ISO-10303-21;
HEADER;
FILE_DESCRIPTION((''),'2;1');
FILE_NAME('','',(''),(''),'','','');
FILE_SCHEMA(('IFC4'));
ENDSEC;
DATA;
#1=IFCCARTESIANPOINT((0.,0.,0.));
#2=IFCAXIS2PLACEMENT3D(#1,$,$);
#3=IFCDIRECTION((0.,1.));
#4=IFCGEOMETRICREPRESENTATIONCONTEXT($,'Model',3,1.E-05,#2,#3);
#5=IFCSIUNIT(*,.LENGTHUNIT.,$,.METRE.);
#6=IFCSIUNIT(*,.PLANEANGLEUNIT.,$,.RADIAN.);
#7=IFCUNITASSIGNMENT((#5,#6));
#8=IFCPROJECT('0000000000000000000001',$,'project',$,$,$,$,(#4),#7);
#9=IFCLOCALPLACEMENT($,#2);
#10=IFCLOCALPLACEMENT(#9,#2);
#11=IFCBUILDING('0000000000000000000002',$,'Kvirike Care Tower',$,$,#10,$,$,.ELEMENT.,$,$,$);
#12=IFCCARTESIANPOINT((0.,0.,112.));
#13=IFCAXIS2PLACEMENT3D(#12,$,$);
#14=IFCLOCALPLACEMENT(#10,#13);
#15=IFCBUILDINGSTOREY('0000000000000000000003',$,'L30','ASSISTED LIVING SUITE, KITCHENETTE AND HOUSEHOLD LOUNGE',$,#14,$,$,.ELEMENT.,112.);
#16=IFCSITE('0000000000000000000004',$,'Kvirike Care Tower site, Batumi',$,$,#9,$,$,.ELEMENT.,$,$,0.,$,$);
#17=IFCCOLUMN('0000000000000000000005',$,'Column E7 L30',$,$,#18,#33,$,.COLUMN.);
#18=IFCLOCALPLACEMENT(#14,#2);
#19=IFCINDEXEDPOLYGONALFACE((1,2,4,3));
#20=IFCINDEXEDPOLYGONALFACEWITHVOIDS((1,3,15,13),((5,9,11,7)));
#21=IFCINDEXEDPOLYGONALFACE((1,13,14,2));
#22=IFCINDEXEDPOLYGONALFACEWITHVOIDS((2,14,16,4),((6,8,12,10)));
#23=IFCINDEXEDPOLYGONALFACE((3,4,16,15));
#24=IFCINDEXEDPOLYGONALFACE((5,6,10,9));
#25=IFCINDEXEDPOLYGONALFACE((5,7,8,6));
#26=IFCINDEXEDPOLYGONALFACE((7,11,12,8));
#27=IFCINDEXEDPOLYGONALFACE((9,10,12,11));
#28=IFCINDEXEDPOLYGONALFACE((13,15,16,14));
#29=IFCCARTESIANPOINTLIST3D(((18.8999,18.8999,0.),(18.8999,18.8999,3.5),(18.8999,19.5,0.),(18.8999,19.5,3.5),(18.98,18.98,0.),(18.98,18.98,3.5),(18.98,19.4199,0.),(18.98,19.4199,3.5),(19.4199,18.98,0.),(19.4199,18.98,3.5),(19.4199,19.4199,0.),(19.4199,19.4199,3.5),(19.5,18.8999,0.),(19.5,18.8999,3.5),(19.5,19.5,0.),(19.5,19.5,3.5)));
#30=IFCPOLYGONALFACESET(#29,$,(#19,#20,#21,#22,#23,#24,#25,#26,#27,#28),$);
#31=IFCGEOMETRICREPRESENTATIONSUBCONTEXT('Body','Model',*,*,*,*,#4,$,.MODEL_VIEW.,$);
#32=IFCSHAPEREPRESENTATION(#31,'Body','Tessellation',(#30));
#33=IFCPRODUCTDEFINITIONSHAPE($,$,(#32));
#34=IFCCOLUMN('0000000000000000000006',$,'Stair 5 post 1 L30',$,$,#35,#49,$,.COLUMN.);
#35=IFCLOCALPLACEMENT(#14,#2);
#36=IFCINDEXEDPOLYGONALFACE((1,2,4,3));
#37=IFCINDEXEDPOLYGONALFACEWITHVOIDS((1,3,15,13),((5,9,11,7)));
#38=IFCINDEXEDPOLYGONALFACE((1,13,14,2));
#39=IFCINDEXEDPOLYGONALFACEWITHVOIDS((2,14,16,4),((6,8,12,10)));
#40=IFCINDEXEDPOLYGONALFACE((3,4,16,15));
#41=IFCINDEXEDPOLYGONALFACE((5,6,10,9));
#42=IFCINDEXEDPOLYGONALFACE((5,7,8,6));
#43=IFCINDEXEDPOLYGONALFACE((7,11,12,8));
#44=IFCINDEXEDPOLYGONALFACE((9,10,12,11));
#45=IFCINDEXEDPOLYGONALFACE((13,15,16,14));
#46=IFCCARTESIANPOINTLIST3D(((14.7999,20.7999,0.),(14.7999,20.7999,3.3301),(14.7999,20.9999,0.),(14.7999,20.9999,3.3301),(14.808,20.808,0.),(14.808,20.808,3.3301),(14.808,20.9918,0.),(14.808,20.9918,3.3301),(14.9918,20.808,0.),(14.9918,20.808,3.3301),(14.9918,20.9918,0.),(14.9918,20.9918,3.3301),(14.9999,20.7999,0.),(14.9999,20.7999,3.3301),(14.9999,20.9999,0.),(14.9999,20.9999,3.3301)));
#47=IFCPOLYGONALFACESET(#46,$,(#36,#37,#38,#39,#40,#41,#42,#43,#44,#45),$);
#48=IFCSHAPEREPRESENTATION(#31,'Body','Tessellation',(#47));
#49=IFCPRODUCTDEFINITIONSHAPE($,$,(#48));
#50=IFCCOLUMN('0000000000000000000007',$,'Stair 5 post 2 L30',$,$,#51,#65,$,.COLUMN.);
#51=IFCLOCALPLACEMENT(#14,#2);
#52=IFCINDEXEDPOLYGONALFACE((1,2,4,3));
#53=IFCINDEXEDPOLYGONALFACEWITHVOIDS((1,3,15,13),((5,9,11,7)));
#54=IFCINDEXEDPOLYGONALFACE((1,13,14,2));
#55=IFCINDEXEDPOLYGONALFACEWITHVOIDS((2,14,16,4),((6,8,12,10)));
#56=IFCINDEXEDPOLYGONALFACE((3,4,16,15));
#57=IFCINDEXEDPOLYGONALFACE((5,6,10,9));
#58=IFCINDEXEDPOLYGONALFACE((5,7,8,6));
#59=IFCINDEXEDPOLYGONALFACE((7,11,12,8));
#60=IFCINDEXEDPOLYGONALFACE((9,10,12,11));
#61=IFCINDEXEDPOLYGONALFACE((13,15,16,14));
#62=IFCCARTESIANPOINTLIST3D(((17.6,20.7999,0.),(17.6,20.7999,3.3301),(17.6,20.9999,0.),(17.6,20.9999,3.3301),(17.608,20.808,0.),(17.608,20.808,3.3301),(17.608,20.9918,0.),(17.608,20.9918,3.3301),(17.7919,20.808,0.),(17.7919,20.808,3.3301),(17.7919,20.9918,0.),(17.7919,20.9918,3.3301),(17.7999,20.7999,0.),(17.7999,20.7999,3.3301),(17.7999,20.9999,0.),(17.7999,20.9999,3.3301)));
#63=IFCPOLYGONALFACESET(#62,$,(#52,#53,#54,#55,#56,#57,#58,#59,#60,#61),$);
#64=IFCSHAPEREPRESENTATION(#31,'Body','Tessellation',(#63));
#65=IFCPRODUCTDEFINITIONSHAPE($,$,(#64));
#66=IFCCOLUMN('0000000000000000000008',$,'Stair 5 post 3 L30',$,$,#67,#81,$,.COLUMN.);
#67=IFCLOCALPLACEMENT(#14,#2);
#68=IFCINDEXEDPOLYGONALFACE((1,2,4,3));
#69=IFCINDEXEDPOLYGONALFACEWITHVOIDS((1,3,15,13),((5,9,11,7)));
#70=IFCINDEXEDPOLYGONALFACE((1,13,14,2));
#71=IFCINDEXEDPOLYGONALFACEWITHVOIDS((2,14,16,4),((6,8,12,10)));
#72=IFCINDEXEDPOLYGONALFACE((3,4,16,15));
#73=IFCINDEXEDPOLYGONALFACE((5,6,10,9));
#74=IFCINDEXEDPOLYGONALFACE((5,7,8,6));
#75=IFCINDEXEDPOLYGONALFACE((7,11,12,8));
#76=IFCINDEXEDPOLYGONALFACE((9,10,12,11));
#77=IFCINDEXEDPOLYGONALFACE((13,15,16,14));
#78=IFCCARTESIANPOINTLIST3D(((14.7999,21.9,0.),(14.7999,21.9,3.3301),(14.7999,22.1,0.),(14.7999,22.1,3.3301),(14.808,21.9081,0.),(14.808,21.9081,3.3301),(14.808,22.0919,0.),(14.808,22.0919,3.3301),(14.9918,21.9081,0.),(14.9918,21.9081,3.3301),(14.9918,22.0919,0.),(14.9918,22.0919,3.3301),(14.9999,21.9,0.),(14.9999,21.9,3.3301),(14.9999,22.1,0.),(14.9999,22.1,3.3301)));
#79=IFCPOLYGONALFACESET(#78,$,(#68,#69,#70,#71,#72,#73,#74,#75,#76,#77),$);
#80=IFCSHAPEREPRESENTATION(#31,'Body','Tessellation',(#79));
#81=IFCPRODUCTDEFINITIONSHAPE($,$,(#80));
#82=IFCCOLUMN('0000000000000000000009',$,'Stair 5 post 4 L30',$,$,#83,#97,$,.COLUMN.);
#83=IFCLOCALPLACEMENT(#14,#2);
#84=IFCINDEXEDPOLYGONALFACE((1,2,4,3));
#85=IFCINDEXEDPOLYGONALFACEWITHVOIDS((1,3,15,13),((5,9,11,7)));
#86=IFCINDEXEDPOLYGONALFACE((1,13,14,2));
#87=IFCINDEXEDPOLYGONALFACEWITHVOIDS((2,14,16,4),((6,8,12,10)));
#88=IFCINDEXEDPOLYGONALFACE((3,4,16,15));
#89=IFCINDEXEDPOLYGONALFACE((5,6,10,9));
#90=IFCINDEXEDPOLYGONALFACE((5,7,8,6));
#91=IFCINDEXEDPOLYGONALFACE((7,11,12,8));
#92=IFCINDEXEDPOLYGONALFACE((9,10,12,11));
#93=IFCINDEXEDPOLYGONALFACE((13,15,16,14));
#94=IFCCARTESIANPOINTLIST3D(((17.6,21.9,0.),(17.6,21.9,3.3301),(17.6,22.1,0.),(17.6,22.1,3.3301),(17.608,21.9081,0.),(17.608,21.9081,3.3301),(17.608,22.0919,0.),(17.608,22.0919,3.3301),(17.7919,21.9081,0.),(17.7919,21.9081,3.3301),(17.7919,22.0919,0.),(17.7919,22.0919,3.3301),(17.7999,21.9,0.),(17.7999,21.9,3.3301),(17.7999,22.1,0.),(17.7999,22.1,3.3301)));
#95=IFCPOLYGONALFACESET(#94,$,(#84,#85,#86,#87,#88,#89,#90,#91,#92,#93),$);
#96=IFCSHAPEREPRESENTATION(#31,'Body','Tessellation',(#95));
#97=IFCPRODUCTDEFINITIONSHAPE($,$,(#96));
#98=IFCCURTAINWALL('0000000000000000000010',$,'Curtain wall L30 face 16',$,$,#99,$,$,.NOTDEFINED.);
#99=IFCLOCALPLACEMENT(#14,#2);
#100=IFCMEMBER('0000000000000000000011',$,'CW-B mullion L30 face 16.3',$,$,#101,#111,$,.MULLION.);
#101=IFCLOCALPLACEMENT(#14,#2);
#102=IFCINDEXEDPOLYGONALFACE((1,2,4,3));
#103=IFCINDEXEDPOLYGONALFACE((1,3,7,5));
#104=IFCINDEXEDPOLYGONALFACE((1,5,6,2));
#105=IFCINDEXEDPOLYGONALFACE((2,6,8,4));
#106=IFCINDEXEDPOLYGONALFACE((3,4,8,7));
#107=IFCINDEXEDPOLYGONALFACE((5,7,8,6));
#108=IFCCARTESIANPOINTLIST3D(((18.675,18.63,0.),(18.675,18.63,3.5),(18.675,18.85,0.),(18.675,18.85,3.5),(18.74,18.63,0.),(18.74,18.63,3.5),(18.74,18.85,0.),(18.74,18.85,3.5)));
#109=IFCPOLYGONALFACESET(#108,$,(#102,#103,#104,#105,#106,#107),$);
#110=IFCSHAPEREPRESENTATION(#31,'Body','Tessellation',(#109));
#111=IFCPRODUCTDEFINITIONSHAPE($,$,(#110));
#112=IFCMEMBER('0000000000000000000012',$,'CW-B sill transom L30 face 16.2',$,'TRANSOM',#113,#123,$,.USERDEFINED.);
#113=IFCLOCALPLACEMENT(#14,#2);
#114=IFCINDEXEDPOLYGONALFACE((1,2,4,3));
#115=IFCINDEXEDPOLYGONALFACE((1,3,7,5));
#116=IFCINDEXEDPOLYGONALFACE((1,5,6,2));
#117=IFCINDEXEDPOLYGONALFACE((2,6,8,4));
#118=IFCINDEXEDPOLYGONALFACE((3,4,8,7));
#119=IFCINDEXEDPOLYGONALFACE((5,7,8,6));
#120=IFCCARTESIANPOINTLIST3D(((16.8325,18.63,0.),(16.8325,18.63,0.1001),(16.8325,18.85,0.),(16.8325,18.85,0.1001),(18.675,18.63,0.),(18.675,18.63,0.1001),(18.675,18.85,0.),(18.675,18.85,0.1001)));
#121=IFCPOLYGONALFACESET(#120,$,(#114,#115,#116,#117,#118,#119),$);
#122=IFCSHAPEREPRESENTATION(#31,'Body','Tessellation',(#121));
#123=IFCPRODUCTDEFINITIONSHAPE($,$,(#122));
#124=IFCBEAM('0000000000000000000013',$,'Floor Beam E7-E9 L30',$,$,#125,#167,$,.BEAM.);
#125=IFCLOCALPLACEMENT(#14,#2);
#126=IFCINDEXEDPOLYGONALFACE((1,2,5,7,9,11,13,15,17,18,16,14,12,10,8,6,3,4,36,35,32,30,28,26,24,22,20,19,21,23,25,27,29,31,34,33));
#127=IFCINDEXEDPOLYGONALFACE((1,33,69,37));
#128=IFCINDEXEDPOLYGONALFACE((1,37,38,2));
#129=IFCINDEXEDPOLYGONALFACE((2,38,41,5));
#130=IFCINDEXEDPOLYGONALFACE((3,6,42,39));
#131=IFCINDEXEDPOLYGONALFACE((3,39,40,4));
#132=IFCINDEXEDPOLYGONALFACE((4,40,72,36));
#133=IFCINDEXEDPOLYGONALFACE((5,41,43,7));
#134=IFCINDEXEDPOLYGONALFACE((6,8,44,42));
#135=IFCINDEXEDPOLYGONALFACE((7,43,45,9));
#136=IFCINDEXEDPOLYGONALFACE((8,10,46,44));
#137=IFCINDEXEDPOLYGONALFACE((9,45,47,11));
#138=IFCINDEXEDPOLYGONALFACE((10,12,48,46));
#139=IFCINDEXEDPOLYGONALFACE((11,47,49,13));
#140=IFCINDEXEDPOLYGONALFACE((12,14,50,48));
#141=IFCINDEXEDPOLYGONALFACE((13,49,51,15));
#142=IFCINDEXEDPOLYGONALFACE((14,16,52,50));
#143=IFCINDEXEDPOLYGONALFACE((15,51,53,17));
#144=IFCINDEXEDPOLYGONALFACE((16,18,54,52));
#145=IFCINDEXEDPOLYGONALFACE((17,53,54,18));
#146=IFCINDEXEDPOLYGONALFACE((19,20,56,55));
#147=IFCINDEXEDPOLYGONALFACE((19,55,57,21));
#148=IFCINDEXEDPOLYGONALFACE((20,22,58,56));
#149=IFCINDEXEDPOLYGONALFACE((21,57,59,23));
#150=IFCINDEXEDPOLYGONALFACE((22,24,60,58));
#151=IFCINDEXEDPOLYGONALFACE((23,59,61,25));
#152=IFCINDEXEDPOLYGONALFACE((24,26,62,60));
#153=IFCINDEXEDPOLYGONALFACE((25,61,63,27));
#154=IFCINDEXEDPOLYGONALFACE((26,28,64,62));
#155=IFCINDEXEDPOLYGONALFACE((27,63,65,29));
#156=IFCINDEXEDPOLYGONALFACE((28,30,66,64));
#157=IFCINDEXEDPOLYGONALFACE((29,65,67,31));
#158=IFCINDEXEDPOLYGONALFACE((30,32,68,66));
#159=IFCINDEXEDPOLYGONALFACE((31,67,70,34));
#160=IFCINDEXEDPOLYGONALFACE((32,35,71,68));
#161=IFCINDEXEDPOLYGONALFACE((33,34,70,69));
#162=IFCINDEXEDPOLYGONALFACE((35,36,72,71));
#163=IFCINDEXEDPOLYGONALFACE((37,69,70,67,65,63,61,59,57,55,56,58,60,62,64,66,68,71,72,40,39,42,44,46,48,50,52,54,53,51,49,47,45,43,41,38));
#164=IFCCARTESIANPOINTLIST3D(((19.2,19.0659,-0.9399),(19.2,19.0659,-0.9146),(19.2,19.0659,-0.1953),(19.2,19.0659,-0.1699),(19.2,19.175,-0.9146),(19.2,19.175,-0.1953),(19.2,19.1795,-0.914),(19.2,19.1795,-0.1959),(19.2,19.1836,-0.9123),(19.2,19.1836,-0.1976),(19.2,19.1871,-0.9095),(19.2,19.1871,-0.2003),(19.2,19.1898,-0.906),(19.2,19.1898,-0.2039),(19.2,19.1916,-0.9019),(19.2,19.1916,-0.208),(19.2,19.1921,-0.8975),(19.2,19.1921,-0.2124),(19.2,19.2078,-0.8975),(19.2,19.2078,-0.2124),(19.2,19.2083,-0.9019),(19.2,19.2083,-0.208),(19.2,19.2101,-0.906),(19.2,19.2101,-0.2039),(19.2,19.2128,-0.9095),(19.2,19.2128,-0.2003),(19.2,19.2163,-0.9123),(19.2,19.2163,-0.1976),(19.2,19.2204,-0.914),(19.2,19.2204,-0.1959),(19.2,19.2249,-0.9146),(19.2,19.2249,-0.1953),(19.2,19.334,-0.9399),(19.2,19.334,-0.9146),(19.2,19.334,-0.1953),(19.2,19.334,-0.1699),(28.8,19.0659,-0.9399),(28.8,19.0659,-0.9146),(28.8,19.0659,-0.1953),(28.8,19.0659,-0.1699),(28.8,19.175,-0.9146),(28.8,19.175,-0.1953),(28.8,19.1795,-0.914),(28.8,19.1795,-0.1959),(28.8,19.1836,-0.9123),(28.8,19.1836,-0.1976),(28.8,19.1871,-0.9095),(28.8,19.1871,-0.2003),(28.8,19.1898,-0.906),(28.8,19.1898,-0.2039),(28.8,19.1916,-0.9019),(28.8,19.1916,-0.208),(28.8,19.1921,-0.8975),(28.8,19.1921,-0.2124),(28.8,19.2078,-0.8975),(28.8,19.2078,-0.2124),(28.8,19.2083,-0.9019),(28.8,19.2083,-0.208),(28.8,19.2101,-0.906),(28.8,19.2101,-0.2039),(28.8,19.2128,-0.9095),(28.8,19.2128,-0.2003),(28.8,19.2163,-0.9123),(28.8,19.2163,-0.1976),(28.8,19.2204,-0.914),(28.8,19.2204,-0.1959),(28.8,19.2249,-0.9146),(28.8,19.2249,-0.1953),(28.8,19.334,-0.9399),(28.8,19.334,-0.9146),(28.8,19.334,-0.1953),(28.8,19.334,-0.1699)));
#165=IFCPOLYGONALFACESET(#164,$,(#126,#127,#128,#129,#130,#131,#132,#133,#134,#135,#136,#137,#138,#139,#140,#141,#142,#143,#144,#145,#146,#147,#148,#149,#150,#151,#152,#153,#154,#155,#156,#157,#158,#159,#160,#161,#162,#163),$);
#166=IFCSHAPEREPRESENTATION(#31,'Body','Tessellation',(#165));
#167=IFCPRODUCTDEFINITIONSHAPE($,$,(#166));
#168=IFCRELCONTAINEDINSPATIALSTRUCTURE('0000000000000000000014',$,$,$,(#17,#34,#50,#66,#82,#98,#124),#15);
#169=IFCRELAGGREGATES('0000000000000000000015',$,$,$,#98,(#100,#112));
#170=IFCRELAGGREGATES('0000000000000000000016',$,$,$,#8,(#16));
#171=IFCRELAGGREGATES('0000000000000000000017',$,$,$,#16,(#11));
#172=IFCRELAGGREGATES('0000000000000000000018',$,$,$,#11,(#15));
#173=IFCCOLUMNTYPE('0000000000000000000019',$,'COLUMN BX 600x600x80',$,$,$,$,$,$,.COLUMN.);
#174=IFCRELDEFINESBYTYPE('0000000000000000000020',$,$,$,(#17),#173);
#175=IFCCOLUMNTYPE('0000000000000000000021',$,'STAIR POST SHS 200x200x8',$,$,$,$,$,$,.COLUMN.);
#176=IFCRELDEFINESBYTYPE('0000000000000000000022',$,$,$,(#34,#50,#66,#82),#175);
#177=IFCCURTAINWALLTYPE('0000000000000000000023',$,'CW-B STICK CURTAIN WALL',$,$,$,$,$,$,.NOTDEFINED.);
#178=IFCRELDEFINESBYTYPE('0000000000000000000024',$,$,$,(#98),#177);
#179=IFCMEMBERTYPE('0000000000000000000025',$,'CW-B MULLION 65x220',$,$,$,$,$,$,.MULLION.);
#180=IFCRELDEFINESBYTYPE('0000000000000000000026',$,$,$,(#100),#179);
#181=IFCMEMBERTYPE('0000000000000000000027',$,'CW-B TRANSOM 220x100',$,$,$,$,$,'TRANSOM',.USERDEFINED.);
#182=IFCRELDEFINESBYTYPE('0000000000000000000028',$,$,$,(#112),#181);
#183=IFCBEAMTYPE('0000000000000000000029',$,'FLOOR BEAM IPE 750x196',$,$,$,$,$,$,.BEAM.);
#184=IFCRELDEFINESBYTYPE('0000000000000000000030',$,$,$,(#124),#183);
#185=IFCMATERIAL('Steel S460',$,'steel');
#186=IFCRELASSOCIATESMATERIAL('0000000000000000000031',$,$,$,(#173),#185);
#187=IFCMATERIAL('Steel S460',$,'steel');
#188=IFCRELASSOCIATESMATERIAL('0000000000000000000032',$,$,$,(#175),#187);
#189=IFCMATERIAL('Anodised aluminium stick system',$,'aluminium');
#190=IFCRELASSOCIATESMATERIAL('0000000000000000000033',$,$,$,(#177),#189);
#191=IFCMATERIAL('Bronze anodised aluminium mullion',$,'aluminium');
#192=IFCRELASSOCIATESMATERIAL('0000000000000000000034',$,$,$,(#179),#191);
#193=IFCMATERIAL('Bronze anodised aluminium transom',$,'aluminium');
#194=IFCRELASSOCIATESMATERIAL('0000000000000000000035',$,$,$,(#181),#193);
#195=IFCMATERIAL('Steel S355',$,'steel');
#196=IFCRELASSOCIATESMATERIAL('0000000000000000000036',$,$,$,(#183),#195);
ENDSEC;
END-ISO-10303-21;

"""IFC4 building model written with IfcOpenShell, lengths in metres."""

from ifc_helpers import new_model, si_unit, direction, frame, origin, origin_2d, place, context, subcontext, project, spatial, rectangle, hollow_rectangle, i_section, extrude, material, material_profile, profile_set, type_object, element, aggregate, save


model = new_model("IFC4")

# Units and contexts
model_context = context("Model", 3, precision=1e-05, world=origin(), true_north=direction((0.0, 1.0)))
body_context = subcontext(model_context, "Body", "Model", "MODEL_VIEW")
ifc_project = project(units=[si_unit("LENGTHUNIT", "METRE"), si_unit("PLANEANGLEUNIT", "RADIAN")], contexts=[model_context])

# Site, building, storey
site_placement = place(None, origin())
site = spatial("IfcSite", under=ifc_project, at=site_placement, Name="Kvirike Care Tower site, Batumi", CompositionType="ELEMENT", RefElevation=0.0)
building_placement = place(site_placement, origin())
building = spatial("IfcBuilding", under=site, at=building_placement, Name="Kvirike Care Tower", CompositionType="ELEMENT")
storey_placement = place(building_placement, frame((0.0, 0.0, 112.0)))
storey = spatial("IfcBuildingStorey", under=building, at=storey_placement, Name="L30", Description="ASSISTED LIVING SUITE, KITCHENETTE AND HOUSEHOLD LOUNGE", CompositionType="ELEMENT", Elevation=112.0)

# Columns
ifc_material_1 = material(Name="Steel S460", Category="steel")
ifc_material_profile_1 = material_profile(ifc_material_1, hollow_rectangle(XDim=0.6001, YDim=0.6001, WallThickness=0.0801, at=origin_2d()), Name="BX 600x600x80")
ifc_profile_set_1 = profile_set([ifc_material_profile_1], Name="Steel S460")
column_type_1 = type_object("IfcColumnType", Name="COLUMN BX 600x600x80", PredefinedType="COLUMN", material=ifc_profile_set_1)
column_placement = place(storey_placement, frame((19.2, 19.2, 0.0), z_axis=(0.0, 0.0, 1.0), x_axis=(0.0, 1.0, 0.0)))
element("IfcColumn", 1, at=column_placement, inside=storey, type_object=column_type_1, Name="Column E7 L30", PredefinedType="COLUMN", context=body_context, shape_type="SweptSolid", body=[
    extrude(hollow_rectangle(XDim=0.6001, YDim=0.6001, WallThickness=0.0801, at=origin_2d()), origin(), (0.0, 0.0, 1.0), 3.5),
])
ifc_material_2 = material(Name="Steel S460", Category="steel")
ifc_material_profile_2 = material_profile(ifc_material_2, hollow_rectangle(XDim=0.2, YDim=0.2, WallThickness=0.0081, at=origin_2d()), Name="SHS 200x200x8")
ifc_profile_set_2 = profile_set([ifc_material_profile_2], Name="Steel S460")
column_type_2 = type_object("IfcColumnType", Name="STAIR POST SHS 200x200x8", PredefinedType="COLUMN", material=ifc_profile_set_2)
for number, where, z_axis, x_axis, name in (
    (2, (14.8999, 20.8999, 0.0), (0.0, 0.0, 1.0), (1.0, 0.0, 0.0), "Stair 5 post 1 L30"),
    (3, (17.7, 20.8999, 0.0), (0.0, 0.0, 1.0), (1.0, 0.0, 0.0), "Stair 5 post 2 L30"),
    (4, (14.8999, 22.0, 0.0), (0.0, 0.0, 1.0), (1.0, 0.0, 0.0), "Stair 5 post 3 L30"),
    (5, (17.7, 22.0, 0.0), (0.0, 0.0, 1.0), (1.0, 0.0, 0.0), "Stair 5 post 4 L30"),
):
    element("IfcColumn", number, at=place(storey_placement, frame(where, z_axis=z_axis, x_axis=x_axis)), inside=storey, type_object=column_type_2, Name=name, PredefinedType="COLUMN", context=body_context, shape_type="SweptSolid", body=[
        extrude(hollow_rectangle(XDim=0.2, YDim=0.2, WallThickness=0.0081, at=origin_2d()), origin(), (0.0, 0.0, 1.0), 3.3301),
    ])

# Curtain wall, members
ifc_material_3 = material(Name="Anodised aluminium stick system", Category="aluminium")
curtain_wall_type = type_object("IfcCurtainWallType", Name="CW-B STICK CURTAIN WALL", PredefinedType="NOTDEFINED", material=ifc_material_3)
curtain_wall_placement = place(storey_placement, origin())
curtain_wall = element("IfcCurtainWall", 6, at=curtain_wall_placement, inside=storey, type_object=curtain_wall_type, Name="Curtain wall L30 face 16", PredefinedType="NOTDEFINED")
ifc_material_4 = material(Name="Bronze anodised aluminium mullion", Category="aluminium")
ifc_material_profile_3 = material_profile(ifc_material_4, rectangle(XDim=0.0649, YDim=0.22, at=origin_2d()), Name="CW-B MULLION 65x220")
ifc_profile_set_3 = profile_set([ifc_material_profile_3], Name="Bronze anodised aluminium mullion")
member_type_1 = type_object("IfcMemberType", Name="CW-B MULLION 65x220", PredefinedType="MULLION", material=ifc_profile_set_3)
member_1_placement = place(storey_placement, frame((18.7075, 18.74, 0.0), z_axis=(0.0, 0.0, 1.0), x_axis=(1.0, 0.0, 0.0)))
member_1 = element("IfcMember", 7, at=member_1_placement, type_object=member_type_1, Name="CW-B mullion L30 face 16.3", PredefinedType="MULLION", context=body_context, shape_type="SweptSolid", body=[
    extrude(rectangle(XDim=0.0649, YDim=0.22, at=origin_2d()), origin(), (0.0, 0.0, 1.0), 3.5),
])
ifc_material_5 = material(Name="Bronze anodised aluminium transom", Category="aluminium")
ifc_material_profile_4 = material_profile(ifc_material_5, rectangle(XDim=0.22, YDim=0.1001, at=origin_2d()), Name="CW-B TRANSOM 220x100")
ifc_profile_set_4 = profile_set([ifc_material_profile_4], Name="Bronze anodised aluminium transom")
member_type_2 = type_object("IfcMemberType", Name="CW-B TRANSOM 220x100", ElementType="TRANSOM", PredefinedType="USERDEFINED", material=ifc_profile_set_4)
member_2_placement = place(storey_placement, frame((16.8325, 18.74, 0.05), z_axis=(1.0, 0.0, 0.0), x_axis=(0.0, 1.0, 0.0)))
member_2 = element("IfcMember", 8, at=member_2_placement, type_object=member_type_2, Name="CW-B sill transom L30 face 16.2", ObjectType="TRANSOM", PredefinedType="USERDEFINED", context=body_context, shape_type="SweptSolid", body=[
    extrude(rectangle(XDim=0.22, YDim=0.1001, at=origin_2d()), origin(), (0.0, 0.0, 1.0), 1.8425),
])

# Beam
ifc_material_6 = material(Name="Steel S355", Category="steel")
ifc_material_profile_5 = material_profile(ifc_material_6, i_section(OverallWidth=0.2681, OverallDepth=0.77, WebThickness=0.0156, FlangeThickness=0.0254, FilletRadius=0.0171, at=origin_2d()), Name="IPE 750x196")
ifc_profile_set_5 = profile_set([ifc_material_profile_5], Name="Steel S355")
beam_type_1 = type_object("IfcBeamType", Name="FLOOR BEAM IPE 750x196", PredefinedType="BEAM", material=ifc_profile_set_5)
for number, where, z_axis, x_axis, name in (
    (9, (19.2, 19.2, -0.5549), (1.0, 0.0, 0.0), (0.0, 1.0, 0.0), "Floor Beam E7-E9 L30"),
):
    element("IfcBeam", number, at=place(storey_placement, frame(where, z_axis=z_axis, x_axis=x_axis)), inside=storey, type_object=beam_type_1, Name=name, PredefinedType="BEAM", context=body_context, shape_type="SweptSolid", body=[
        extrude(i_section(OverallWidth=0.2681, OverallDepth=0.77, WebThickness=0.0156, FlangeThickness=0.0254, FilletRadius=0.0171, at=origin_2d()), origin(), (0.0, 0.0, 1.0), 9.6001),
    ])

aggregate(curtain_wall, [member_1, member_2])

save(model, "model.ifc")
